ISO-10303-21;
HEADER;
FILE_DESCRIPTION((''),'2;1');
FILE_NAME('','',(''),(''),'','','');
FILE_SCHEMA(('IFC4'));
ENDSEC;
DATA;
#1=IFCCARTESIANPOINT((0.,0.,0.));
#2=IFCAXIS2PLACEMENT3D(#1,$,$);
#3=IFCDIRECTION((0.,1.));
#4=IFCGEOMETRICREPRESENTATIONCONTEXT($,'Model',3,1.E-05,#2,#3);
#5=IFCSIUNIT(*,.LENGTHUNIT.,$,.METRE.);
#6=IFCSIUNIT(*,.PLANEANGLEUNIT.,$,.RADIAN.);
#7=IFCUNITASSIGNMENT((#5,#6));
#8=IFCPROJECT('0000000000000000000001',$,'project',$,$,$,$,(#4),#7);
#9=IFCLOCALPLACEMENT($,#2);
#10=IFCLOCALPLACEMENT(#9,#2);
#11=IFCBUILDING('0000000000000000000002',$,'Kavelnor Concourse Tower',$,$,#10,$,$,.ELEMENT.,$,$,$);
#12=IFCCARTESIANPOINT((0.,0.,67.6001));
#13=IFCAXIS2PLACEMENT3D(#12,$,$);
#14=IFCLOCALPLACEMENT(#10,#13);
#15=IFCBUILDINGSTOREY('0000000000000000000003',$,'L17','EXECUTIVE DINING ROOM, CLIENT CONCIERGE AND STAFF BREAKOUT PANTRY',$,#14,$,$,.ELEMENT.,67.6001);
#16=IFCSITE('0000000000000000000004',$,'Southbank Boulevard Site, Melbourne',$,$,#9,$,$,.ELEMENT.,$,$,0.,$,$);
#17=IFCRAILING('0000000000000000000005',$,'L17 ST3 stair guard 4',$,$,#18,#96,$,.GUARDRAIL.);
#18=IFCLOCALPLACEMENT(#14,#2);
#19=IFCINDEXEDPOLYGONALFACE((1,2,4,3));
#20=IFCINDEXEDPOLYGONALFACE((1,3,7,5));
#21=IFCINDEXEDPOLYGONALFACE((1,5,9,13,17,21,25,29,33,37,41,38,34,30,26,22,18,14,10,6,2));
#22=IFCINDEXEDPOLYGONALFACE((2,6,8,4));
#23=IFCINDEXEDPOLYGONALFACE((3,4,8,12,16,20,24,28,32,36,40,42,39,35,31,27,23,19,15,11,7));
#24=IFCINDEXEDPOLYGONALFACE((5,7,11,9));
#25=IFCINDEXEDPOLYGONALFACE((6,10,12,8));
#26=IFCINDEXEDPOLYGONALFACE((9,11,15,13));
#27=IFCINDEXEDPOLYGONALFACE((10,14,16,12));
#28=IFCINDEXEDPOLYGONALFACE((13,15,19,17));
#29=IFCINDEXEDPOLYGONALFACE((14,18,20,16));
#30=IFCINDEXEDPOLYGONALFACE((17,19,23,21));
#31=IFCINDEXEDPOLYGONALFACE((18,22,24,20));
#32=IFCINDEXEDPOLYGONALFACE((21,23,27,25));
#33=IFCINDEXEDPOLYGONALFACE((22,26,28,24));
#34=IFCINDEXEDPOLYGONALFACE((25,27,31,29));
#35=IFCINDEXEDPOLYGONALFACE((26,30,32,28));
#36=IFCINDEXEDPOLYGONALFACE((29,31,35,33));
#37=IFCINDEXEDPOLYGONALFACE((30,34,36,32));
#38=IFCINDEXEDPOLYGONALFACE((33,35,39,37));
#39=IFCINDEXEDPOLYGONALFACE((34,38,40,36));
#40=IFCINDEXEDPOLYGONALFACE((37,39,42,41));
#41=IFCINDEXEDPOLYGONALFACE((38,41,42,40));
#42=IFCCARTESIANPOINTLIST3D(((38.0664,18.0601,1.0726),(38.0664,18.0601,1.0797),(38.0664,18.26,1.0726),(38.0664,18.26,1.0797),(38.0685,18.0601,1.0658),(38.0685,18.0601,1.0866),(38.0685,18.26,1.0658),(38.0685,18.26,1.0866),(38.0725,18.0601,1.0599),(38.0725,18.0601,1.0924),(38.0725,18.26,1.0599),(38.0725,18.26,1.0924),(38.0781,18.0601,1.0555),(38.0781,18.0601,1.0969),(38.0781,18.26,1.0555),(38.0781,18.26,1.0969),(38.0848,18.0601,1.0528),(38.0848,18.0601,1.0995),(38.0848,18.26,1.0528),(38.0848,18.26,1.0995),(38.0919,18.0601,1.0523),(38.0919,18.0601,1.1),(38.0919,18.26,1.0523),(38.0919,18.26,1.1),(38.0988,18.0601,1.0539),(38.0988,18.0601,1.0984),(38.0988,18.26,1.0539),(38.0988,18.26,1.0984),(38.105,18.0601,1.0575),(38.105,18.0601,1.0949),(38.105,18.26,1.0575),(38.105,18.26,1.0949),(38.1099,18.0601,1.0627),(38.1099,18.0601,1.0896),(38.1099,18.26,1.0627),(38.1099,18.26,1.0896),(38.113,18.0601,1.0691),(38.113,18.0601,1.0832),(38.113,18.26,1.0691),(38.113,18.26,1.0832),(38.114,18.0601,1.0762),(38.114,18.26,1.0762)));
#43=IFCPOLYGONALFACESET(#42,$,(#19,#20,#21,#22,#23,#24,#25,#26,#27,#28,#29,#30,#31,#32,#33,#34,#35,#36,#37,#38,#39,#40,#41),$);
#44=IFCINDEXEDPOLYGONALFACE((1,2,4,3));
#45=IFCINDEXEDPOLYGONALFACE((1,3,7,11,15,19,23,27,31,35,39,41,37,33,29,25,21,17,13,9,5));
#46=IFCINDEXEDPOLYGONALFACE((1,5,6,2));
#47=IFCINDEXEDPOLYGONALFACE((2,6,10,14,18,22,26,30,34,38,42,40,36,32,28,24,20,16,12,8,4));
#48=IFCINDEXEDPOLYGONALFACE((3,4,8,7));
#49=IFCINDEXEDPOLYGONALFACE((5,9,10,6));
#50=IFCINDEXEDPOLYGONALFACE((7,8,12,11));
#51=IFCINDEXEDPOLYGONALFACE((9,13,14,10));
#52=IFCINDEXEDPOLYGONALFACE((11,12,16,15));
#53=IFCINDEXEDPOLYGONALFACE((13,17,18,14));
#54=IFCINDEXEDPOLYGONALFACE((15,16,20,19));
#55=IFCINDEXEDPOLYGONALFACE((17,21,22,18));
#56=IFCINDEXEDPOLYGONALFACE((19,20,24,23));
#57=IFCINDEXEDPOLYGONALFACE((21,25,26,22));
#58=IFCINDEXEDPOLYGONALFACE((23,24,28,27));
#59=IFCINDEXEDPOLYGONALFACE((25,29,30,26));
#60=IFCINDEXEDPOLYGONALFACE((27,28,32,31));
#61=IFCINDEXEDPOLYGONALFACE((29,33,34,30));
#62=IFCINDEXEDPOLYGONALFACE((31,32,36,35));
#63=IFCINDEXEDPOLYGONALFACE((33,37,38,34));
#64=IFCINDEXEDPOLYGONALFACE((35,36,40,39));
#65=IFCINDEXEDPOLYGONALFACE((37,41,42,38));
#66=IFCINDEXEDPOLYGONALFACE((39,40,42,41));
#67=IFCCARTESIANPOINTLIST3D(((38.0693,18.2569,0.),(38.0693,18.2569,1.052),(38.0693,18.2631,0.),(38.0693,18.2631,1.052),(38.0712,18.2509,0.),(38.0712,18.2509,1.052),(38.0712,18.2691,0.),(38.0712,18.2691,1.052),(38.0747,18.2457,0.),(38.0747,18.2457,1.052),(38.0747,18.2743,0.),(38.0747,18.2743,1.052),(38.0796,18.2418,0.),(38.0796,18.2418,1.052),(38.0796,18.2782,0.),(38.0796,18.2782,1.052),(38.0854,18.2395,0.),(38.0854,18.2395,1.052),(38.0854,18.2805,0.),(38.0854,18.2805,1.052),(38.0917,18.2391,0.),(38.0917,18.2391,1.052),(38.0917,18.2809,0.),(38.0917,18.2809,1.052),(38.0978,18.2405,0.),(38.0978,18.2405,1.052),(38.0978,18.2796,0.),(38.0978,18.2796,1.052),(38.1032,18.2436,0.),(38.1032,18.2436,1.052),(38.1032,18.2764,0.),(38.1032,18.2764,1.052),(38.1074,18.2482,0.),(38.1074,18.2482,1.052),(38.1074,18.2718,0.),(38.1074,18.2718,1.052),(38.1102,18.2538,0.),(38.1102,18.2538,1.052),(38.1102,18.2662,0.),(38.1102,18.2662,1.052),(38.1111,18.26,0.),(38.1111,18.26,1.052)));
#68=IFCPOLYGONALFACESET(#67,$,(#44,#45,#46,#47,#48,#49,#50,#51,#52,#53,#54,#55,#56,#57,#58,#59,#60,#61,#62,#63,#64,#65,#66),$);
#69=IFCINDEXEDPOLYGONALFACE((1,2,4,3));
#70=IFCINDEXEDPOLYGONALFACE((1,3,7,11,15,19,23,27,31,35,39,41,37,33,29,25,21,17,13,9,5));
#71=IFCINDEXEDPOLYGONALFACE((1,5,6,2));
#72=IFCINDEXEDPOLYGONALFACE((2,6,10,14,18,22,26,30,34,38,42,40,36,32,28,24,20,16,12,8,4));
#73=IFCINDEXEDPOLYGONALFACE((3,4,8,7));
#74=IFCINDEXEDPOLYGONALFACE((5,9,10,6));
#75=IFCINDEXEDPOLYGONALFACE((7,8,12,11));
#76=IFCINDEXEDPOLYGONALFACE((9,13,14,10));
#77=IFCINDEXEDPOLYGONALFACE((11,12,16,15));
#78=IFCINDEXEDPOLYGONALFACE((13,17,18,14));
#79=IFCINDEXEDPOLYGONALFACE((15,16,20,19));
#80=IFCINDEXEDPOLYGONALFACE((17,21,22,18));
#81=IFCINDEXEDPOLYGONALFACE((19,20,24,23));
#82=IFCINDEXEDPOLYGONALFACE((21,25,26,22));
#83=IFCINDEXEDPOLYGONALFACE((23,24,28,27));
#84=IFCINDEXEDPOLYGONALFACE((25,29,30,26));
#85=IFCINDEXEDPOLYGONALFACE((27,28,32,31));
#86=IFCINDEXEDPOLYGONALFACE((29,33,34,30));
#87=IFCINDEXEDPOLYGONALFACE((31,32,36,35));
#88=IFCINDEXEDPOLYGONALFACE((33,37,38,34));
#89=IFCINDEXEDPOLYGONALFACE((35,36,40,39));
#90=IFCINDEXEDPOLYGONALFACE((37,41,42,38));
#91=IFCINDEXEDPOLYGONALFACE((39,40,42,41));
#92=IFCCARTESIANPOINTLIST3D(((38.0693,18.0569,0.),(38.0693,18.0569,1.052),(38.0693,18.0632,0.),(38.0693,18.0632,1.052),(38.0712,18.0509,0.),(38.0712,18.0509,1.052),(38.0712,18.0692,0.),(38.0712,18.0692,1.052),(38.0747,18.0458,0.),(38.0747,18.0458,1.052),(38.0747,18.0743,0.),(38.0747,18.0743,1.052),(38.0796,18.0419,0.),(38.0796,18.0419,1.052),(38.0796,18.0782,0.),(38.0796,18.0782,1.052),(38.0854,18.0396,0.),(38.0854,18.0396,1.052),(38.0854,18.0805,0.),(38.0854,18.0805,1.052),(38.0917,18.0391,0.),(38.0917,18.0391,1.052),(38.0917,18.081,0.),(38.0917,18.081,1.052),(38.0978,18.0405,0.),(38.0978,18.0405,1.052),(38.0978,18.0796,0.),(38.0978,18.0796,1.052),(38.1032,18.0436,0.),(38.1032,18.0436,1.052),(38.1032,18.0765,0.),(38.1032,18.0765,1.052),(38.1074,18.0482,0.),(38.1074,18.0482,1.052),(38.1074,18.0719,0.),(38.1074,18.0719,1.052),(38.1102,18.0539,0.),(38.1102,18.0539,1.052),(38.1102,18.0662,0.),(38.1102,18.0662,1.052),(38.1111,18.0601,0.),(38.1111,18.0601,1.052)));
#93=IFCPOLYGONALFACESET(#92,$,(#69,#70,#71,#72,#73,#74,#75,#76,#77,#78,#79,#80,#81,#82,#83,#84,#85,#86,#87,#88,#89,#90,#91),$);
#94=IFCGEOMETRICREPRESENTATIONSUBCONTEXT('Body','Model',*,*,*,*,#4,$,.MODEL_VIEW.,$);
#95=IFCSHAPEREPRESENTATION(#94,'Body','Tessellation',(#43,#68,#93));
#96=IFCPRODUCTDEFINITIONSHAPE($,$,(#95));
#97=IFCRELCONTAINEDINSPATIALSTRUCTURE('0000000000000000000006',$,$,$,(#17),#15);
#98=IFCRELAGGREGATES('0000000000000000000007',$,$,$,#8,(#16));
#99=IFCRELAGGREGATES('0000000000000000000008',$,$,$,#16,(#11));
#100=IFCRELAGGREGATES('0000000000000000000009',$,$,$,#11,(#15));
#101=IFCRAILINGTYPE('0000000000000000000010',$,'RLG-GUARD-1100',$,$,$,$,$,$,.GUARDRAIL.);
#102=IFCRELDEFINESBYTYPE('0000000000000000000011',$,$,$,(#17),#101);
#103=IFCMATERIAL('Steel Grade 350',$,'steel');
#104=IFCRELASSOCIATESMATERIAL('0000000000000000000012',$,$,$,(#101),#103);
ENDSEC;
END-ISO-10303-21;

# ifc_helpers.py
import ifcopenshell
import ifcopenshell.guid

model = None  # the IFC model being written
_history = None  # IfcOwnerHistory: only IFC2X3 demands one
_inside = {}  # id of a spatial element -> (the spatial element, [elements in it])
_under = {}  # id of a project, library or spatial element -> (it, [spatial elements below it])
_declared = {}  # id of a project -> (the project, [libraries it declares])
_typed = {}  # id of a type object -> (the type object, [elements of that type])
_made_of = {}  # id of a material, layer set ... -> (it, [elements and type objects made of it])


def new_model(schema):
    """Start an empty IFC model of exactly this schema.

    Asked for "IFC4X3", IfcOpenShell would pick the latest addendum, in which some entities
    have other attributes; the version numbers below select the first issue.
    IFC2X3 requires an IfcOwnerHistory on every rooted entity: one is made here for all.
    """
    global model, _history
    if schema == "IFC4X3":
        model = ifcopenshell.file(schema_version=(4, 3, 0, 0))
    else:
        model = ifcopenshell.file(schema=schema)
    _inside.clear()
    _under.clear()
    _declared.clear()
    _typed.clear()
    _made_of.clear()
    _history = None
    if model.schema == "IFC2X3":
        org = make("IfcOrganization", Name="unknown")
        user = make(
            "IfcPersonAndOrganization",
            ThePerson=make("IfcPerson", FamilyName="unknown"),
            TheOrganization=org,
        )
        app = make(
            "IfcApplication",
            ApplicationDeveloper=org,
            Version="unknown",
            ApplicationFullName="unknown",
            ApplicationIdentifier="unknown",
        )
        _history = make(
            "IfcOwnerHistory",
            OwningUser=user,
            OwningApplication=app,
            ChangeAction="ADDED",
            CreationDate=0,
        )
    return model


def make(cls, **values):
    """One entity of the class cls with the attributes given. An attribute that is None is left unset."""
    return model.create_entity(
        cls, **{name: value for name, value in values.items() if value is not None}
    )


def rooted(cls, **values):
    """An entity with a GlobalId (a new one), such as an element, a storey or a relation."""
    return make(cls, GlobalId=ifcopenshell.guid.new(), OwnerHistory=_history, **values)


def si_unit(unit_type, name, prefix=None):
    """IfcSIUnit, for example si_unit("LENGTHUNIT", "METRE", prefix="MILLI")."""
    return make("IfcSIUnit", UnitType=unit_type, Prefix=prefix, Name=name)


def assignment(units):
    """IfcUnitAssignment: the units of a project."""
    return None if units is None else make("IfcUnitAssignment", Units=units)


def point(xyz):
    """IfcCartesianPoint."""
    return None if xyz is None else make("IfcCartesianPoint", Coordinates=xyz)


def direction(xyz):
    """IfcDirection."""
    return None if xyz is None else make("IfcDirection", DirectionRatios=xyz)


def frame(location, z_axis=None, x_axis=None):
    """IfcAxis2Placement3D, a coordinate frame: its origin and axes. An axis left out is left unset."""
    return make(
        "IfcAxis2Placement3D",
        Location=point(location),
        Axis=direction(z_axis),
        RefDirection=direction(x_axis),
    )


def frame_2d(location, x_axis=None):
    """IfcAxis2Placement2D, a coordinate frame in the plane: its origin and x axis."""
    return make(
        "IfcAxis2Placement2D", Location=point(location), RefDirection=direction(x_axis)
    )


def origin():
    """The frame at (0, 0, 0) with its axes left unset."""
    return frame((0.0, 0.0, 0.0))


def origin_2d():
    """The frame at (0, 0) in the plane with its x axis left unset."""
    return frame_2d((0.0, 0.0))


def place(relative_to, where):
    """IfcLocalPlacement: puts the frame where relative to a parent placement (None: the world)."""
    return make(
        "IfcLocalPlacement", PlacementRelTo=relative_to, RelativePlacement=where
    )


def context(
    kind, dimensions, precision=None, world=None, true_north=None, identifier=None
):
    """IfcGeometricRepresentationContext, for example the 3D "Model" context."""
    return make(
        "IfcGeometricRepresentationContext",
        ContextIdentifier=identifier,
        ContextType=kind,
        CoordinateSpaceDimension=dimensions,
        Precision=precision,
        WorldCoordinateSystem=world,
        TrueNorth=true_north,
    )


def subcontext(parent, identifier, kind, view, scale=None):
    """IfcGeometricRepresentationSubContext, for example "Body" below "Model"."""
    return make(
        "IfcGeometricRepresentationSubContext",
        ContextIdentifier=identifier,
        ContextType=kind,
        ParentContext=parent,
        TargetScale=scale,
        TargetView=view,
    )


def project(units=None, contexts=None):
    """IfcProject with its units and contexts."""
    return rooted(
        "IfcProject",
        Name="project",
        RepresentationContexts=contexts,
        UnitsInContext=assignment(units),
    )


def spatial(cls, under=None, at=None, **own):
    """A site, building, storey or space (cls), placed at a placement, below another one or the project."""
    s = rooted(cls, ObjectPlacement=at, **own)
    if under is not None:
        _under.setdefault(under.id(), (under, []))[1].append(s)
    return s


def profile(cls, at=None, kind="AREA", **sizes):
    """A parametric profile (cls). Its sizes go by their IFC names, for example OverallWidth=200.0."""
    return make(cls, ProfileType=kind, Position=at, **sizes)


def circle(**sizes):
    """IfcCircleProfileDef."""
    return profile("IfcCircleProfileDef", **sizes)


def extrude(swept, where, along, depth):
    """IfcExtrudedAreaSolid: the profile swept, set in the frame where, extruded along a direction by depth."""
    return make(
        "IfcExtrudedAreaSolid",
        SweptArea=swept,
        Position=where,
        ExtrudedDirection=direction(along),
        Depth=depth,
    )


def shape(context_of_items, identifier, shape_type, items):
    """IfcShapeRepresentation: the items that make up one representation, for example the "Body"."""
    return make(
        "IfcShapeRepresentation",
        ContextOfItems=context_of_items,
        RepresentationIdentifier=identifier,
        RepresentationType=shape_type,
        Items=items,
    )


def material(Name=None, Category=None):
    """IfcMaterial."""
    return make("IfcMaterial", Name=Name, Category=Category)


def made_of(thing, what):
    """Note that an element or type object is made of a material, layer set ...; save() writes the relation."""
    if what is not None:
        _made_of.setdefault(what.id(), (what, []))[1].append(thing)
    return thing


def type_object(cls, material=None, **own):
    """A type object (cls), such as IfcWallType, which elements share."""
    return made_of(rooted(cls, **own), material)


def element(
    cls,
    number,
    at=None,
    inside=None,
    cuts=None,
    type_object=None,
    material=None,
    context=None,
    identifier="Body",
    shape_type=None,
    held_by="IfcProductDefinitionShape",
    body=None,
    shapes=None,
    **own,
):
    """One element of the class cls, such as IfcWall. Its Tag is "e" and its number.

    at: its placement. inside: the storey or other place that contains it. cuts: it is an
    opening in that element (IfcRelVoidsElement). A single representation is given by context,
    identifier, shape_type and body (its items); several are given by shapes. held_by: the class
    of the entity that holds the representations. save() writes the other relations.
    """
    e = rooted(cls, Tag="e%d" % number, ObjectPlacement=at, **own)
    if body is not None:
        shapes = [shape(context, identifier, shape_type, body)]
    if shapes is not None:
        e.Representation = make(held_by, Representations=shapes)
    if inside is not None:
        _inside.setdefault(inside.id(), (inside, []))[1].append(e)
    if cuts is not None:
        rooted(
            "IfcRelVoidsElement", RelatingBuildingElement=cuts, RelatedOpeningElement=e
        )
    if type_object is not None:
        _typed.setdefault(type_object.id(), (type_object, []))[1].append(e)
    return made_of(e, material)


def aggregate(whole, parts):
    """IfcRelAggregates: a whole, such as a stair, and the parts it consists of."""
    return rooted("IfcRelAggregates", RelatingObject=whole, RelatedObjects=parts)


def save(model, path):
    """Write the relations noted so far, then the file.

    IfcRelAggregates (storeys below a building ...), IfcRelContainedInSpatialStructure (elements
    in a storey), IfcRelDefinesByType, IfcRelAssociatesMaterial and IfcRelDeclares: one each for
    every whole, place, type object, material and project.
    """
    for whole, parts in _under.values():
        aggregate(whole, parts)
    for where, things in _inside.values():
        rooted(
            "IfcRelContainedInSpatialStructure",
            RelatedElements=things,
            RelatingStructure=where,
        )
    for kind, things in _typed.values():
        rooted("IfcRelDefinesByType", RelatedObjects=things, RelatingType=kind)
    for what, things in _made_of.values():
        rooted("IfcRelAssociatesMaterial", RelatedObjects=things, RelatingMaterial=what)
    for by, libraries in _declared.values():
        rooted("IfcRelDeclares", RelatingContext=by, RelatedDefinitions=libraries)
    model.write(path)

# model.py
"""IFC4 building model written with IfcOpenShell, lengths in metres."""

from ifc_helpers import new_model, si_unit, direction, frame, origin, origin_2d, place, context, subcontext, project, spatial, circle, extrude, material, type_object, element, save


model = new_model("IFC4")

# Units and contexts
model_context = context("Model", 3, precision=1e-05, world=origin(), true_north=direction((0.0, 1.0)))
body_context = subcontext(model_context, "Body", "Model", "MODEL_VIEW")
ifc_project = project(units=[si_unit("LENGTHUNIT", "METRE"), si_unit("PLANEANGLEUNIT", "RADIAN")], contexts=[model_context])

# Site, building, storey
site_placement = place(None, origin())
site = spatial("IfcSite", under=ifc_project, at=site_placement, Name="Southbank Boulevard Site, Melbourne", CompositionType="ELEMENT", RefElevation=0.0)
building_placement = place(site_placement, origin())
building = spatial("IfcBuilding", under=site, at=building_placement, Name="Kavelnor Concourse Tower", CompositionType="ELEMENT")
storey_placement = place(building_placement, frame((0.0, 0.0, 67.6001)))
storey = spatial("IfcBuildingStorey", under=building, at=storey_placement, Name="L17", Description="EXECUTIVE DINING ROOM, CLIENT CONCIERGE AND STAFF BREAKOUT PANTRY", CompositionType="ELEMENT", Elevation=67.6001)

# Shared definitions
ifc_material_1 = material(Name="Steel Grade 350", Category="steel")

# Railing
railing_type_1 = type_object("IfcRailingType", Name="RLG-GUARD-1100", PredefinedType="GUARDRAIL", material=ifc_material_1)
railing_1_placement = place(storey_placement, frame((38.0901, 18.26, 0.0)))
element("IfcRailing", 1, at=railing_1_placement, inside=storey, type_object=railing_type_1, Name="L17 ST3 stair guard 4", PredefinedType="GUARDRAIL", context=body_context, shape_type="SweptSolid", body=[
    extrude(circle(Radius=0.0239, at=origin_2d()), frame((0.0, 0.0, 1.0762), z_axis=(0.0, -1.0, 0.0), x_axis=(1.0, 0.0, 0.0)), (0.0, 0.0, 1.0), 0.2),
    extrude(circle(Radius=0.021, at=origin_2d()), origin(), (0.0, 0.0, 1.0), 1.052),
    extrude(circle(Radius=0.021, at=origin_2d()), frame((0.0, -0.2, 0.0)), (0.0, 0.0, 1.0), 1.052),
])

save(model, "model.ifc")
